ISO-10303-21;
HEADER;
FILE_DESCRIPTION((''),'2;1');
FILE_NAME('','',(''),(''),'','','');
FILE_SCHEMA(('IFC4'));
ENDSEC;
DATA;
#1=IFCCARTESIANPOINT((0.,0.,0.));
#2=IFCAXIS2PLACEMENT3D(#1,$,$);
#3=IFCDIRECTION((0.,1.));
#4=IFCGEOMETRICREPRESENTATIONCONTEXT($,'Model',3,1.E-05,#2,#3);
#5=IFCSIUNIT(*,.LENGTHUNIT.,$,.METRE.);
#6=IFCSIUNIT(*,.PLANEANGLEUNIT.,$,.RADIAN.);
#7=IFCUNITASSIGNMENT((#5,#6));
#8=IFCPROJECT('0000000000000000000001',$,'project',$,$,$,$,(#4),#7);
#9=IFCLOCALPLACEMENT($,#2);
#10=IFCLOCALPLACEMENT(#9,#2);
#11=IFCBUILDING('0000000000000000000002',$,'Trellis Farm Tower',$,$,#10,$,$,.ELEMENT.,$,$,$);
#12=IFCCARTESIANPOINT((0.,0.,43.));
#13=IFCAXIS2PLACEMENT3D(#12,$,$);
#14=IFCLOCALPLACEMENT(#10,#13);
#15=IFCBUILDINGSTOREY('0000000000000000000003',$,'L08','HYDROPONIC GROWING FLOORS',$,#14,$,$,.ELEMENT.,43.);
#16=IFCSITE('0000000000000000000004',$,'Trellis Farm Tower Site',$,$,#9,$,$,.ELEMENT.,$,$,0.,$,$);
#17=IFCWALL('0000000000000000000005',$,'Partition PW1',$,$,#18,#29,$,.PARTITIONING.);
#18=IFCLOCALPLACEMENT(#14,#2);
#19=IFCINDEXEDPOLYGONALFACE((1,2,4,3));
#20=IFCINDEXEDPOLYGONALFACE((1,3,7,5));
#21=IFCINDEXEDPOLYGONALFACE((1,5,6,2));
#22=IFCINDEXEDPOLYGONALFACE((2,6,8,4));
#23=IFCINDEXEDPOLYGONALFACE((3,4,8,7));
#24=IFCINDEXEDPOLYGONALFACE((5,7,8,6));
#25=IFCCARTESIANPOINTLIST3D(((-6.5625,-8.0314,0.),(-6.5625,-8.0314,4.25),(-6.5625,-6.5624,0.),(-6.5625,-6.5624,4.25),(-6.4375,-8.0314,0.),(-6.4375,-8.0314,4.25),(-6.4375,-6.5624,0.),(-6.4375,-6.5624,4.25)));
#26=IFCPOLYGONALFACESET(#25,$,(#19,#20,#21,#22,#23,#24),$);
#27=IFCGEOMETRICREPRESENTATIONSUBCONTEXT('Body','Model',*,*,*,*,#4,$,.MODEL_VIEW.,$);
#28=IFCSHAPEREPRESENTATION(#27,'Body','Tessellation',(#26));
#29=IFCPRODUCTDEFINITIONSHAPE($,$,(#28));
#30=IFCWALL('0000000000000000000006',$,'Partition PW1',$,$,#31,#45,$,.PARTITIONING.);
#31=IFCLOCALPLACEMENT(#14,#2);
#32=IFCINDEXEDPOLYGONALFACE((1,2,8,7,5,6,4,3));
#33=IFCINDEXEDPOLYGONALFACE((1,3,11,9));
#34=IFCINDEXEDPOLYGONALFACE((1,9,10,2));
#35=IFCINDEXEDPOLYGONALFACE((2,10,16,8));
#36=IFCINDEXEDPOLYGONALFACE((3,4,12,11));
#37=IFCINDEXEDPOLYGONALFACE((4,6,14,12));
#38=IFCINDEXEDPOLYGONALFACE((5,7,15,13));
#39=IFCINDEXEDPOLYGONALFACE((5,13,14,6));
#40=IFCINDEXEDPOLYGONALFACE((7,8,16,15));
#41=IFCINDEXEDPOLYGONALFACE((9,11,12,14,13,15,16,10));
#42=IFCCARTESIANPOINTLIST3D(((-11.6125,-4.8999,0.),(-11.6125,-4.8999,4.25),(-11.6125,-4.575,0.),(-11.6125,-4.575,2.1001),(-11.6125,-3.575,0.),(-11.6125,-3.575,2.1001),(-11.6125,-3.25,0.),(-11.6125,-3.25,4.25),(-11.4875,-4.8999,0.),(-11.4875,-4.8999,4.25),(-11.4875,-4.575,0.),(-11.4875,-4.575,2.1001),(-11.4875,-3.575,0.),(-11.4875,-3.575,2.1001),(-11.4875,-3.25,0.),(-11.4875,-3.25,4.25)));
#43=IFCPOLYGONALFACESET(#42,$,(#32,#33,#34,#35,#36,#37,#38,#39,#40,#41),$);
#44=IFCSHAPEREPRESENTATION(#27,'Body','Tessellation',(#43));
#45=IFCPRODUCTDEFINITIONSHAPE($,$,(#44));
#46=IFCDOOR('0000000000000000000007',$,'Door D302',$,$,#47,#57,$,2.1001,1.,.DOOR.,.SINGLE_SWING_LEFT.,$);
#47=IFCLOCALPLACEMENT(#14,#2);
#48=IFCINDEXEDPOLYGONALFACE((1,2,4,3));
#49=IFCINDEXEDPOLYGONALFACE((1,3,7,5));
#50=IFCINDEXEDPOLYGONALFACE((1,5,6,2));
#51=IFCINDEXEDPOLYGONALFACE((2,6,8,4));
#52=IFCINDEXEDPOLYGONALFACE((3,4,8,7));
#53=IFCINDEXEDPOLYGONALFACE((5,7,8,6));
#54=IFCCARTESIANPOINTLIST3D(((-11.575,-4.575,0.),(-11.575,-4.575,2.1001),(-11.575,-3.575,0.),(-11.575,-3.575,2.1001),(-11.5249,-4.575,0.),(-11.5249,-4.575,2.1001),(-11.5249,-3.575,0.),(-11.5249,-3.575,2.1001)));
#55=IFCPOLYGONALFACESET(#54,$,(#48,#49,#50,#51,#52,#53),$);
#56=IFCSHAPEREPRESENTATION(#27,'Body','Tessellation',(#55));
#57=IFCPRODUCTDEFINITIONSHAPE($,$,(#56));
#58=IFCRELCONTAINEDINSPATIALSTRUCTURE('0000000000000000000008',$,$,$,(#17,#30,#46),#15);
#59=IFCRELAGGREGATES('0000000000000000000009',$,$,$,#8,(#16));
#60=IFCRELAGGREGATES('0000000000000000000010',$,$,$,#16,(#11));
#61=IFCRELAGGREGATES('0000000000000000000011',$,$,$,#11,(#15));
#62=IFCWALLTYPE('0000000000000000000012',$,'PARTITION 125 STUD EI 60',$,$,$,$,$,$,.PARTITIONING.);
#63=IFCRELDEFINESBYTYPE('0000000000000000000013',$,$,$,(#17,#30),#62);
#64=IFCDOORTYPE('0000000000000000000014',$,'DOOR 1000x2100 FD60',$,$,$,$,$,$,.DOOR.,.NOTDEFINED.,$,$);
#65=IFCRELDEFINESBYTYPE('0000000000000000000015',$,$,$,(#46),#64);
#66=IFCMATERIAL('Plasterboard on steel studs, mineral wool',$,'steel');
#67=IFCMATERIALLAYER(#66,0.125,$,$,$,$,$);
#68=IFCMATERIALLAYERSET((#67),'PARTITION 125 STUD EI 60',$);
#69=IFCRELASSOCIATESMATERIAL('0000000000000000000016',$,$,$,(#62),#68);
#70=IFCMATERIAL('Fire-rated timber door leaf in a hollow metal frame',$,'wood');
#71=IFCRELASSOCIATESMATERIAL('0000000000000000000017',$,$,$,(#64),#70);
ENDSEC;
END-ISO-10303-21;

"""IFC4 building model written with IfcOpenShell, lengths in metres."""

from ifc_helpers import new_model, si_unit, direction, frame, frame_2d, origin, place, context, subcontext, project, spatial, rectangle, extrude, source, transform, mapped, material, layer, layer_set, type_object, element, fill, save


model = new_model("IFC4")

# Units and contexts
model_context = context("Model", 3, precision=1e-05, world=origin(), true_north=direction((0.0, 1.0)))
body_context = subcontext(model_context, "Body", "Model", "MODEL_VIEW")
ifc_project = project(units=[si_unit("LENGTHUNIT", "METRE"), si_unit("PLANEANGLEUNIT", "RADIAN")], contexts=[model_context])

# Site, building, storey
site_placement = place(None, origin())
site = spatial("IfcSite", under=ifc_project, at=site_placement, Name="Trellis Farm Tower Site", CompositionType="ELEMENT", RefElevation=0.0)
building_placement = place(site_placement, origin())
building = spatial("IfcBuilding", under=site, at=building_placement, Name="Trellis Farm Tower", CompositionType="ELEMENT")
storey_placement = place(building_placement, frame((0.0, 0.0, 43.0)))
storey = spatial("IfcBuildingStorey", under=building, at=storey_placement, Name="L08", Description="HYDROPONIC GROWING FLOORS", CompositionType="ELEMENT", Elevation=43.0)

# Wall
ifc_material_1 = material(Name="Plasterboard on steel studs, mineral wool", Category="steel")
ifc_layer_1 = layer(ifc_material_1, 0.125)
ifc_layer_set_1 = layer_set([ifc_layer_1], Name="PARTITION 125 STUD EI 60")
wall_type_1 = type_object("IfcWallType", Name="PARTITION 125 STUD EI 60", PredefinedType="PARTITIONING", material=ifc_layer_set_1)
shared_shape_1 = source(origin(), body_context, "Body", "SweptSolid", [
    extrude(rectangle(XDim=1.469, YDim=0.125, at=frame_2d((0.7344, 0.0))), origin(), (0.0, 0.0, 1.0), 4.25),
])
wall_1_placement = place(storey_placement, frame((-6.5, -6.5625, 0.0), z_axis=(0.0, 0.0, 1.0), x_axis=(0.0, -1.0, 0.0)))
element("IfcWall", 1, at=wall_1_placement, inside=storey, type_object=wall_type_1, Name="Partition PW1", PredefinedType="PARTITIONING", context=body_context, shape_type="MappedRepresentation", body=[
    mapped(shared_shape_1, transform((0.0, 0.0, 0.0))),
])

# Wall, opening, door
shared_shape_2 = source(origin(), body_context, "Body", "SweptSolid", [
    extrude(rectangle(XDim=1.6499, YDim=0.125, at=frame_2d((0.825, 0.0))), origin(), (0.0, 0.0, 1.0), 4.25),
])
wall_2_placement = place(storey_placement, frame((-11.55, -4.8999, 0.0), z_axis=(0.0, 0.0, 1.0), x_axis=(0.0, 1.0, 0.0)))
wall_2 = element("IfcWall", 2, at=wall_2_placement, inside=storey, type_object=wall_type_1, Name="Partition PW1", PredefinedType="PARTITIONING", context=body_context, shape_type="MappedRepresentation", body=[
    mapped(shared_shape_2, transform((0.0, 0.0, 0.0))),
])
shared_shape_3 = source(origin(), body_context, "Body", "SweptSolid", [
    extrude(rectangle(XDim=1.0, YDim=2.1001, at=frame_2d((0.5, 1.05))), frame((0.0, 0.0725, 0.0), z_axis=(0.0, -1.0, 0.0), x_axis=(1.0, 0.0, 0.0)), (0.0, 0.0, 1.0), 0.145),
])
opening_1_placement = place(wall_2_placement, frame((0.325, 0.0, 0.0)))
opening_1 = element("IfcOpeningElement", 3, at=opening_1_placement, cuts=wall_2, PredefinedType="OPENING", context=body_context, shape_type="MappedRepresentation", body=[
    mapped(shared_shape_3, transform((0.0, 0.0, 0.0))),
])
ifc_material_2 = material(Name="Fire-rated timber door leaf in a hollow metal frame", Category="wood")
door_type_1 = type_object("IfcDoorType", Name="DOOR 1000x2100 FD60", OperationType="NOTDEFINED", PredefinedType="DOOR", material=ifc_material_2)
shared_shape_4 = source(origin(), body_context, "Body", "SweptSolid", [
    extrude(rectangle(XDim=1.0, YDim=2.1001, at=frame_2d((0.5, 1.05))), frame((0.0, 0.0249, 0.0), z_axis=(0.0, -1.0, 0.0), x_axis=(1.0, 0.0, 0.0)), (0.0, 0.0, 1.0), 0.05),
])
door_1_placement = place(opening_1_placement, origin())
door_1 = element("IfcDoor", 4, at=door_1_placement, inside=storey, type_object=door_type_1, Name="Door D302", OperationType="SINGLE_SWING_LEFT", OverallHeight=2.1001, OverallWidth=1.0, PredefinedType="DOOR", context=body_context, shape_type="MappedRepresentation", body=[
    mapped(shared_shape_4, transform((0.0, 0.0, 0.0))),
])
fill(opening_1, door_1)

save(model, "model.ifc")
